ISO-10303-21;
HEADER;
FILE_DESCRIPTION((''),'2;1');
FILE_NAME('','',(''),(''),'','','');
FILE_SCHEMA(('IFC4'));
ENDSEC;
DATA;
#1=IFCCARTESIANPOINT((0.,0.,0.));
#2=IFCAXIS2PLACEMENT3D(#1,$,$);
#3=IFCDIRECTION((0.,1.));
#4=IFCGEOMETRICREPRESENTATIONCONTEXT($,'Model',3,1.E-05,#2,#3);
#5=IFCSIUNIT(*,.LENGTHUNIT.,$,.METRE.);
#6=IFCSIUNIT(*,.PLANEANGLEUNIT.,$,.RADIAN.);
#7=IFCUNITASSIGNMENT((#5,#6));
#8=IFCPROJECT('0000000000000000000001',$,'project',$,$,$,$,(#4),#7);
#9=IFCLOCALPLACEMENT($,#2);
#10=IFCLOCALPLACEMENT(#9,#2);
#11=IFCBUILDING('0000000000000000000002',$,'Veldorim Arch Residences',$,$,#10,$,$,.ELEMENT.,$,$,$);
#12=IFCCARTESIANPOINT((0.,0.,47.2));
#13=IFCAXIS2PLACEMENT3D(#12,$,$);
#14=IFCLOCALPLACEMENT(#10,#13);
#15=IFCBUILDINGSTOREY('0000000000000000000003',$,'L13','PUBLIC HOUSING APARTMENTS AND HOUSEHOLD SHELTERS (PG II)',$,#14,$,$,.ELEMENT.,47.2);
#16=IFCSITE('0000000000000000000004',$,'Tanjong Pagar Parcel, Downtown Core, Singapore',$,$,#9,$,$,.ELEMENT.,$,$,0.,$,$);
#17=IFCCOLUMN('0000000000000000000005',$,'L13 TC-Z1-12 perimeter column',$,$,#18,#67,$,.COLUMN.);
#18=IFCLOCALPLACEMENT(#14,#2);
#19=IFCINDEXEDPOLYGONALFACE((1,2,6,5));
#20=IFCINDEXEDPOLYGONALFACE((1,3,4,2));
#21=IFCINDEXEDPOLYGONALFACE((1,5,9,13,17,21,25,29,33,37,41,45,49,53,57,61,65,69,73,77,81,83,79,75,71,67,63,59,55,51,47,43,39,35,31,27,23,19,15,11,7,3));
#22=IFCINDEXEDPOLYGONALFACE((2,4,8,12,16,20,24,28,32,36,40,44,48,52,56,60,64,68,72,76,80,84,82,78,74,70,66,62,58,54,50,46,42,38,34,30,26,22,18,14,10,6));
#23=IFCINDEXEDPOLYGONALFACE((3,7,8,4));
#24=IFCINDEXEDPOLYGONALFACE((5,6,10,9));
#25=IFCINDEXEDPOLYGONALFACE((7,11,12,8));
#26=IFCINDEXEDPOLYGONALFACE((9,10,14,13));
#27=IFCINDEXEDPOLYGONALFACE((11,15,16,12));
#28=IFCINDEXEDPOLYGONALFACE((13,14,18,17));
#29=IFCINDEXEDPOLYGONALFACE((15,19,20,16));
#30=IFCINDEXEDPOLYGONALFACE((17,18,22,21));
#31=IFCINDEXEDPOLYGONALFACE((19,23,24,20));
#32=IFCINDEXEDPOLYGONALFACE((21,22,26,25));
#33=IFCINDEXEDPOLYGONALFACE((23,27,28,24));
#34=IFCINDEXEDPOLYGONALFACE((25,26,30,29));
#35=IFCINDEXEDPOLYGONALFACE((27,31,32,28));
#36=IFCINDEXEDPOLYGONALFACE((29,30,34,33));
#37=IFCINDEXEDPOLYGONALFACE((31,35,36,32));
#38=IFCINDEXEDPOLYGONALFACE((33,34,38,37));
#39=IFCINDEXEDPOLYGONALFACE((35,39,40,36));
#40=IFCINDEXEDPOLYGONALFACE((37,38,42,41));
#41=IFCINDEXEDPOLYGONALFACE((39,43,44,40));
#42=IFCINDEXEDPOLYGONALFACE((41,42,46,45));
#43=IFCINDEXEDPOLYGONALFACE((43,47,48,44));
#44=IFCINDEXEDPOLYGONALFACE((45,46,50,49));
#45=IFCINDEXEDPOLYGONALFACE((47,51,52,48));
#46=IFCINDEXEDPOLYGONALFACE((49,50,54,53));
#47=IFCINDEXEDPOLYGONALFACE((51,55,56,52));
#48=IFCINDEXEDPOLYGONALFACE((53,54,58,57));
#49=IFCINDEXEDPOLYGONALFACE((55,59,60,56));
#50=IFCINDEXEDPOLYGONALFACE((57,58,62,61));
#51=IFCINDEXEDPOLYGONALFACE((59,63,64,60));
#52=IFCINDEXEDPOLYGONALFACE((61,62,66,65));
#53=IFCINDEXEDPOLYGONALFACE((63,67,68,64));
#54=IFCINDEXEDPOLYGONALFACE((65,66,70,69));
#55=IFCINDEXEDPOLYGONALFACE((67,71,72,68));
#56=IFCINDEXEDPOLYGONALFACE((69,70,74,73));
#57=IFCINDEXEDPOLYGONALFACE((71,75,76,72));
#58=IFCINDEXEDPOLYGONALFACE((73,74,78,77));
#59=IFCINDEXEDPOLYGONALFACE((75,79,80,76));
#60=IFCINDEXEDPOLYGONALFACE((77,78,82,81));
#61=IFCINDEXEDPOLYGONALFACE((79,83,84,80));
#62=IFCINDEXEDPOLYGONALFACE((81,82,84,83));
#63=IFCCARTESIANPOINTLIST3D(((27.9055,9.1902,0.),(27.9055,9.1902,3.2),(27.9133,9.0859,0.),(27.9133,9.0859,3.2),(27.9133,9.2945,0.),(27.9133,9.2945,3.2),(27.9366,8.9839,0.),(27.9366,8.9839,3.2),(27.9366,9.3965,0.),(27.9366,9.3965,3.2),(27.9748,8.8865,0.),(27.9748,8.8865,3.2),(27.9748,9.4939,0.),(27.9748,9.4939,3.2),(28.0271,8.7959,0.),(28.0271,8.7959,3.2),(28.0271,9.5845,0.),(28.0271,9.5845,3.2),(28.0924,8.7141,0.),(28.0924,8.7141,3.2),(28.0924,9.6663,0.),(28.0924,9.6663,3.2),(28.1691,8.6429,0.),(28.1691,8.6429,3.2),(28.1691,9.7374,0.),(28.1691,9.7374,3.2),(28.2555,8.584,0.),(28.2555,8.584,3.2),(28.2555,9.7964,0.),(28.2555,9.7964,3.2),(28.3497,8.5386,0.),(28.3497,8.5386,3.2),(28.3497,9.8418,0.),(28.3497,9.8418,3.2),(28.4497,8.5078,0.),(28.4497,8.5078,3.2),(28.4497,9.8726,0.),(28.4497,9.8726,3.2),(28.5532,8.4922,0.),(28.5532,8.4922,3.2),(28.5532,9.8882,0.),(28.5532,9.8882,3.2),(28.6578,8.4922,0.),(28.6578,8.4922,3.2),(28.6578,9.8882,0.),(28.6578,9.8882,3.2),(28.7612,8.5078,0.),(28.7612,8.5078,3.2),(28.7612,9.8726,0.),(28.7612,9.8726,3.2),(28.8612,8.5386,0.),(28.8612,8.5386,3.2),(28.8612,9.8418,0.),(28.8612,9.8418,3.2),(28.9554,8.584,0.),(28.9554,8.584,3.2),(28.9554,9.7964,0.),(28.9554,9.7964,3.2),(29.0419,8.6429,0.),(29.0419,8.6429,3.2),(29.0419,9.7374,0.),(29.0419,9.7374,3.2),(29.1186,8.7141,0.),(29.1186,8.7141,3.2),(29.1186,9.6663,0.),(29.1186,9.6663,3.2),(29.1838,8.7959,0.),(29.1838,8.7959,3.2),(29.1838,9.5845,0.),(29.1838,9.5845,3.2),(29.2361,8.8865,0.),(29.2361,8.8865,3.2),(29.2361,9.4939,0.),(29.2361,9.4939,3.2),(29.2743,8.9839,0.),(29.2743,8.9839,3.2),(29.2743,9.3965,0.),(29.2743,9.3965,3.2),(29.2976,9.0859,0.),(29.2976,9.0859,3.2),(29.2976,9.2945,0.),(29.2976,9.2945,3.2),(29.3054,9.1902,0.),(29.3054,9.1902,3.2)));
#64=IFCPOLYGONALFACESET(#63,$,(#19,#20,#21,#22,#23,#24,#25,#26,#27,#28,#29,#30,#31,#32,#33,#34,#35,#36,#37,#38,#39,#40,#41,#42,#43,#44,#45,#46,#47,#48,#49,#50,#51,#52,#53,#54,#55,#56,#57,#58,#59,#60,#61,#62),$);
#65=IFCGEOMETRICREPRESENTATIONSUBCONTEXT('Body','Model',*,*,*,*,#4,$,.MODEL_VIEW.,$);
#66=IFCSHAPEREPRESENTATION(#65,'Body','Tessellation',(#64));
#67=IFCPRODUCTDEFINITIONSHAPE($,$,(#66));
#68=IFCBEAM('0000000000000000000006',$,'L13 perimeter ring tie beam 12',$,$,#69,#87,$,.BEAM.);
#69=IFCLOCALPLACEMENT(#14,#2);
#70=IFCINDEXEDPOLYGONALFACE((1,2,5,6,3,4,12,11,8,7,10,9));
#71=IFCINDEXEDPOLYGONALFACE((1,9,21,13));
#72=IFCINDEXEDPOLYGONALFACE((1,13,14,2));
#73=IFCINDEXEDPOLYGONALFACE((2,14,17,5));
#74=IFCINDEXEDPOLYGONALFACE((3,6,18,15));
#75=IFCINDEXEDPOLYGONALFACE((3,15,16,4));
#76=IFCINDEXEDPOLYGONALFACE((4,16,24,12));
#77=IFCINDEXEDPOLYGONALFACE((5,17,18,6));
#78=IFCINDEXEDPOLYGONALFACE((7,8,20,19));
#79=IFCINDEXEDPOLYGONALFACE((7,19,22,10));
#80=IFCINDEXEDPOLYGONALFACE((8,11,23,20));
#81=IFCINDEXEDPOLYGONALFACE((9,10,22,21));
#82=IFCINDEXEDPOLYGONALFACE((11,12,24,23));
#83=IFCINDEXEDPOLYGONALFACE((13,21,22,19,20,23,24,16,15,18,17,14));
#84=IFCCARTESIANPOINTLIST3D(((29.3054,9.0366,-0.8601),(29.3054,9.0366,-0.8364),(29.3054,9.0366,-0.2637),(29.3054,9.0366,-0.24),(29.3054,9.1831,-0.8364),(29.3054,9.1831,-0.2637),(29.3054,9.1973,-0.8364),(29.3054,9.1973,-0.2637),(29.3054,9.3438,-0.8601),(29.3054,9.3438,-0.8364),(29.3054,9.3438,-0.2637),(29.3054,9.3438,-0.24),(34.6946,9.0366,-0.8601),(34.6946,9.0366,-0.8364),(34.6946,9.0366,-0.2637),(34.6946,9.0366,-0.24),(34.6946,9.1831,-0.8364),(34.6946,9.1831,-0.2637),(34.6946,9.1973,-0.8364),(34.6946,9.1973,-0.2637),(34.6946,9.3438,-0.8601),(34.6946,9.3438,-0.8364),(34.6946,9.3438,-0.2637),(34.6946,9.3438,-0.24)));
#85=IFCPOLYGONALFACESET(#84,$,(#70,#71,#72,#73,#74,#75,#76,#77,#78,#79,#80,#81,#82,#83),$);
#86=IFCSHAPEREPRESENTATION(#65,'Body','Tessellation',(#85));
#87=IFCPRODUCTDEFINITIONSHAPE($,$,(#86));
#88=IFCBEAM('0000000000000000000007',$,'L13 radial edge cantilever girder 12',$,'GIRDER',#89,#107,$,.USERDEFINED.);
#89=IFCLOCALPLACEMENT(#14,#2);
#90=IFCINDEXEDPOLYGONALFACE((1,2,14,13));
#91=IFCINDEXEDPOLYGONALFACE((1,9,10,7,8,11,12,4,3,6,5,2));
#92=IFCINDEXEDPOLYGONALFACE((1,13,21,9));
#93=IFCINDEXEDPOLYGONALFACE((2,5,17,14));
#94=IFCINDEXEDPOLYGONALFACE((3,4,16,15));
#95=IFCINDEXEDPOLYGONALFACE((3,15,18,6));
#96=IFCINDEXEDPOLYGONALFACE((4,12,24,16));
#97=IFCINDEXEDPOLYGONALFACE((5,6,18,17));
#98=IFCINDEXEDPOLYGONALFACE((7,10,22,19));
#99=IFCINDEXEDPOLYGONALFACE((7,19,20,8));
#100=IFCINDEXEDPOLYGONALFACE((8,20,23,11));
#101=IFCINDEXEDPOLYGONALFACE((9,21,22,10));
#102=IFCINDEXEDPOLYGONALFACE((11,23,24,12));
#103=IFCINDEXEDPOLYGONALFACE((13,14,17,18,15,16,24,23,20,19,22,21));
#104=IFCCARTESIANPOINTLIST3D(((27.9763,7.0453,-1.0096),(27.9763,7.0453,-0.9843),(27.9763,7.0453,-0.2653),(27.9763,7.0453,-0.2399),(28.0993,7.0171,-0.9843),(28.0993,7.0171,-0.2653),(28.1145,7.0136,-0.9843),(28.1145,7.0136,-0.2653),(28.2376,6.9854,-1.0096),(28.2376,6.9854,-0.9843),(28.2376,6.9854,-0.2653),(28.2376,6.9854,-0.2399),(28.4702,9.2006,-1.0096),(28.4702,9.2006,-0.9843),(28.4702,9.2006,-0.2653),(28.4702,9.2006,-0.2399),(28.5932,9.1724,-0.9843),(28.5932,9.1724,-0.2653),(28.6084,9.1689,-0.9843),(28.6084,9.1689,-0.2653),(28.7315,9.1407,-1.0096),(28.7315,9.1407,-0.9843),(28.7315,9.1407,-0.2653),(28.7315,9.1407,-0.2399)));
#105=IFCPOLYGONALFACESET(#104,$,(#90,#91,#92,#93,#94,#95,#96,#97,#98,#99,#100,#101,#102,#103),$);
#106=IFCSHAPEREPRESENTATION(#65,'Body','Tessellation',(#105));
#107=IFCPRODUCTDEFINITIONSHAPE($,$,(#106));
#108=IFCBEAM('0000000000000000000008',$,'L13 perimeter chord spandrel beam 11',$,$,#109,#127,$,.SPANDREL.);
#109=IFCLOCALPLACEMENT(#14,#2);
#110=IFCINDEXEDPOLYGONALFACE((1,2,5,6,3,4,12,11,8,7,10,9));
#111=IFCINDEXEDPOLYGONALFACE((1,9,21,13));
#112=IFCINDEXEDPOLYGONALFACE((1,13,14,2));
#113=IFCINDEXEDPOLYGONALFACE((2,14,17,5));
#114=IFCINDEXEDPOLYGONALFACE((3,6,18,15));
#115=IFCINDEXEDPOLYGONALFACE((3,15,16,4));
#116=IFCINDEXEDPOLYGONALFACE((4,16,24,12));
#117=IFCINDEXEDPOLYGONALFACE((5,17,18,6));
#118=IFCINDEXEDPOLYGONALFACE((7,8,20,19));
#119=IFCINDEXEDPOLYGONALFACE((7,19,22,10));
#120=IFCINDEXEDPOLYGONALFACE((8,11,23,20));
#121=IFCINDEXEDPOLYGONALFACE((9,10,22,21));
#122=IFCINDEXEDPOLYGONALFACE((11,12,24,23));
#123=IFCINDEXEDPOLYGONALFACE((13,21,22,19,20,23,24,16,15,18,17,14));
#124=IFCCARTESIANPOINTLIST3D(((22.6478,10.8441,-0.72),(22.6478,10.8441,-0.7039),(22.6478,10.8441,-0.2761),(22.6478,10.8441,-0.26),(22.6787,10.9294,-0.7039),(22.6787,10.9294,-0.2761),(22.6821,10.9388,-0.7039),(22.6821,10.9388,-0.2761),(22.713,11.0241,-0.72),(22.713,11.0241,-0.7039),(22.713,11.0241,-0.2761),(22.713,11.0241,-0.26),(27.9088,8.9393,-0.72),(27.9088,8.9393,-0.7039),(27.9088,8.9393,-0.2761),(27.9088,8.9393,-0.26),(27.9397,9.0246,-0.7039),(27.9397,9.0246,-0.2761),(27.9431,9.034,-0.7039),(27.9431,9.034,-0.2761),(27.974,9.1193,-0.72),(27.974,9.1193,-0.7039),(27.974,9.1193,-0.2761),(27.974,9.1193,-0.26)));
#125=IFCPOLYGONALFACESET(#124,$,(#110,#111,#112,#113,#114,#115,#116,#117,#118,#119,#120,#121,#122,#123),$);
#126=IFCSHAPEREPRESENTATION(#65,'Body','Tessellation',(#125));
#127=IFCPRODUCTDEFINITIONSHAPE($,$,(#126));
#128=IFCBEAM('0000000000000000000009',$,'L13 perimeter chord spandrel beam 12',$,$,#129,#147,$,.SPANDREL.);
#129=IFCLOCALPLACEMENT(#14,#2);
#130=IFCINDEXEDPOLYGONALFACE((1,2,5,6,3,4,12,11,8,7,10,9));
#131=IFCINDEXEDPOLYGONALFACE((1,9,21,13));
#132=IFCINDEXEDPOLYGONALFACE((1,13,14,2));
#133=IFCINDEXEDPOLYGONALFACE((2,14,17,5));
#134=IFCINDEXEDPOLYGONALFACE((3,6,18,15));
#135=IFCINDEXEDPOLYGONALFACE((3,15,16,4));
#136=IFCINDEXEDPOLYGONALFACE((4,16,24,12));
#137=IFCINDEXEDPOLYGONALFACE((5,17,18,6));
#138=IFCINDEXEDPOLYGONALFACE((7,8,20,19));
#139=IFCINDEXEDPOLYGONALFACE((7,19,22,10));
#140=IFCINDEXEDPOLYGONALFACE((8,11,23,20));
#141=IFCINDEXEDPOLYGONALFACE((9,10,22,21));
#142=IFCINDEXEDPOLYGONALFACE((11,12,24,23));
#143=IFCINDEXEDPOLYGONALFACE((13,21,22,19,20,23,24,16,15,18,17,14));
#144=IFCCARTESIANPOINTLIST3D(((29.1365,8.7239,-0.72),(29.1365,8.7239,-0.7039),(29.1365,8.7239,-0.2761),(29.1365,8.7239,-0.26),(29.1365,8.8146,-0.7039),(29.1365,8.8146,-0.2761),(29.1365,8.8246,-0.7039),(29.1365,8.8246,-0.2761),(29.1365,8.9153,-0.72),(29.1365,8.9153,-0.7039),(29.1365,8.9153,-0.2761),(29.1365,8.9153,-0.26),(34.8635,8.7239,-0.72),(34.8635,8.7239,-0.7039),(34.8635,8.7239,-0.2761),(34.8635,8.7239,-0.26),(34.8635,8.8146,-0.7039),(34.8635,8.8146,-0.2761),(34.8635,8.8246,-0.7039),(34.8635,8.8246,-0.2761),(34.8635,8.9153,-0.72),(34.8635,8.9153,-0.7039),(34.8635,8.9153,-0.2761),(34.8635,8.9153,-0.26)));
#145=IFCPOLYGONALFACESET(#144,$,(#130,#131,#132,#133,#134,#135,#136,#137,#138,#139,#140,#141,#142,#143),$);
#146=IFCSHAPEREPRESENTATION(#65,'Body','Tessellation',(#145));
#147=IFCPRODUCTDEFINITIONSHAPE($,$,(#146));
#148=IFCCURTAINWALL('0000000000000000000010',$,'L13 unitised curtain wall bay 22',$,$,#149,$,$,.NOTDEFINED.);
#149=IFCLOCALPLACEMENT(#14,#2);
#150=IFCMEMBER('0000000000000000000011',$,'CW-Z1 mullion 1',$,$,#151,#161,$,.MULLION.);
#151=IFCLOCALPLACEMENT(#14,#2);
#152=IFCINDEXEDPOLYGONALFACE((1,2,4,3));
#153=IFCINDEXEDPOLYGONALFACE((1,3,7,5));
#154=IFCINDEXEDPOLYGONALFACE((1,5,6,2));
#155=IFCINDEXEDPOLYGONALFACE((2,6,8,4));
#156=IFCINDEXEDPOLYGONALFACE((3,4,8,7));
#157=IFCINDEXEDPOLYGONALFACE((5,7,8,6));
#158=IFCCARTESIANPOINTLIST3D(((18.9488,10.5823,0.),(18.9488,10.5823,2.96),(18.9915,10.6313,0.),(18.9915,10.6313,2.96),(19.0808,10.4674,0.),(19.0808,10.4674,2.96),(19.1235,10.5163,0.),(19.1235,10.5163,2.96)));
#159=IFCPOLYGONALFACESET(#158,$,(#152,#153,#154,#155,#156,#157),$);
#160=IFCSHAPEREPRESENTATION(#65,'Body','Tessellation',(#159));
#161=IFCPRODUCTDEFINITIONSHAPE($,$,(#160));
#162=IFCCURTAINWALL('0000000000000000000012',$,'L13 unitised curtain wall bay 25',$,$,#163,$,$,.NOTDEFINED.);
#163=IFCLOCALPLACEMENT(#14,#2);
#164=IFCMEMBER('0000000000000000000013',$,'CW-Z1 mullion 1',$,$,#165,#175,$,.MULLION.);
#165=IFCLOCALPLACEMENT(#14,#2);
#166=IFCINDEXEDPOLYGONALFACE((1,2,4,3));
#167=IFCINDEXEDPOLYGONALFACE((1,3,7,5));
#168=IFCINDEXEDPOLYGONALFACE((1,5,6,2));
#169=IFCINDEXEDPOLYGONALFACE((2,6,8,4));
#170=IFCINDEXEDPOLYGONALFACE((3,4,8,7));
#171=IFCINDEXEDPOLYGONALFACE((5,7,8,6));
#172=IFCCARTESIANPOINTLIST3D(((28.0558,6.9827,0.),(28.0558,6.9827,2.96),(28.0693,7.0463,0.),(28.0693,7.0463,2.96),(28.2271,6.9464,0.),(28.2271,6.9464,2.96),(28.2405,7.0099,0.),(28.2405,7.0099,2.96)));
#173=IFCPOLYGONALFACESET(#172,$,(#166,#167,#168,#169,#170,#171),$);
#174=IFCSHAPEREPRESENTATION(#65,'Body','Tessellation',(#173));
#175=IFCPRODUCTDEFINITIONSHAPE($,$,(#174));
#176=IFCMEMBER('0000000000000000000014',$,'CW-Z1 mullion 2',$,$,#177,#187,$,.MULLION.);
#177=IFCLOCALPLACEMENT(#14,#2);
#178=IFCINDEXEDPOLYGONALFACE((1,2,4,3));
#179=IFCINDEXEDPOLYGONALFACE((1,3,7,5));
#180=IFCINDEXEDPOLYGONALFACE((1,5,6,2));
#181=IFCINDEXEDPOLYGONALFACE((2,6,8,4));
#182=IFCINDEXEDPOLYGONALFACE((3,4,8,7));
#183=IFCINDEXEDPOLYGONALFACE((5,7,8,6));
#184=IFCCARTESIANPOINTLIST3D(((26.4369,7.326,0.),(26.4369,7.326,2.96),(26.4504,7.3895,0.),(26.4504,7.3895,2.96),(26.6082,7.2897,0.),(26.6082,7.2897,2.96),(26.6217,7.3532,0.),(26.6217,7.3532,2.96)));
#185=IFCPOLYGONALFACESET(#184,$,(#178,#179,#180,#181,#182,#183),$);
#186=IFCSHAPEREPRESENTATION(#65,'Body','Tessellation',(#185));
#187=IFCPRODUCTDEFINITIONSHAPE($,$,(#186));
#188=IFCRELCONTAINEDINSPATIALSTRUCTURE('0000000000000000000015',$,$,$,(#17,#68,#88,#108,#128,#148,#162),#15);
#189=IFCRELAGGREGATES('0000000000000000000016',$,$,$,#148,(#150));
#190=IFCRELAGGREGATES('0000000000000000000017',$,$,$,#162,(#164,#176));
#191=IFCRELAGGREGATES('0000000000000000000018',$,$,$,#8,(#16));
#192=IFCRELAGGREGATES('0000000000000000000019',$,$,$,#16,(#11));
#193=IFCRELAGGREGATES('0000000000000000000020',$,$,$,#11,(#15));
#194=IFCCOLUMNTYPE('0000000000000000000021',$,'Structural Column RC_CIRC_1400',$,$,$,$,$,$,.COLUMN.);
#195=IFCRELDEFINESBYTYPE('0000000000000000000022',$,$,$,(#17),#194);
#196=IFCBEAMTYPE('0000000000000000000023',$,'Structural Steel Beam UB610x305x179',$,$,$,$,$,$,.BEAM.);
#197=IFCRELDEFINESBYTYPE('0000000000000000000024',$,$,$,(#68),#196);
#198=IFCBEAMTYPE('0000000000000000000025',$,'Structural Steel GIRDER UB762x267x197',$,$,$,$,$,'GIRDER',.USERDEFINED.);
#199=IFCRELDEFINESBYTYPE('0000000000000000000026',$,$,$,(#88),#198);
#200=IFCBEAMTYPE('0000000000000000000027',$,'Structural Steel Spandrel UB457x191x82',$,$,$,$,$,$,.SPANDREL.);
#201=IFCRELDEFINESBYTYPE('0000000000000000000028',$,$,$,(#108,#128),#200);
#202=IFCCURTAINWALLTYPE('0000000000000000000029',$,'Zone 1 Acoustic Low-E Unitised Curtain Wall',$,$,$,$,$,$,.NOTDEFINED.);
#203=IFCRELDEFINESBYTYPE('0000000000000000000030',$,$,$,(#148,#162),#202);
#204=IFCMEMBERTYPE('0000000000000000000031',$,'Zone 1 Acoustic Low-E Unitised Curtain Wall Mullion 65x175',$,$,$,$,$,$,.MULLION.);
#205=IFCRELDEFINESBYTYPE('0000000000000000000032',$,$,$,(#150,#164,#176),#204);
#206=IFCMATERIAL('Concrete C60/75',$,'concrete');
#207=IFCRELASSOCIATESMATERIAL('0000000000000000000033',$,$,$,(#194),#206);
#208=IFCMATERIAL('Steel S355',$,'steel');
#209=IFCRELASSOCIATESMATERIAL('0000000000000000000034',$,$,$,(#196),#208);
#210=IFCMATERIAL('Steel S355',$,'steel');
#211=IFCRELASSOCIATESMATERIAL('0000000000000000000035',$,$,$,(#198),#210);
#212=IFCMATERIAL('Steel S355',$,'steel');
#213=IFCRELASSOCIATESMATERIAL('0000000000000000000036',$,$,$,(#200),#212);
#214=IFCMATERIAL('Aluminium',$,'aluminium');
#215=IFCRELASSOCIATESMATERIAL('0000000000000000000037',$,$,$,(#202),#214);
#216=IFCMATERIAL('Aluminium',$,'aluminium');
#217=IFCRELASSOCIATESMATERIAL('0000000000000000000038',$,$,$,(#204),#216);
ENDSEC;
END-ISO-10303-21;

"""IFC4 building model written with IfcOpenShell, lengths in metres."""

from ifc_helpers import new_model, si_unit, direction, frame, origin, origin_2d, place, context, subcontext, project, spatial, rectangle, circle, i_section, extrude, material, material_profile, profile_set, type_object, element, aggregate, save


model = new_model("IFC4")

# Units and contexts
model_context = context("Model", 3, precision=1e-05, world=origin(), true_north=direction((0.0, 1.0)))
body_context = subcontext(model_context, "Body", "Model", "MODEL_VIEW")
ifc_project = project(units=[si_unit("LENGTHUNIT", "METRE"), si_unit("PLANEANGLEUNIT", "RADIAN")], contexts=[model_context])

# Site, building, storey
site_placement = place(None, origin())
site = spatial("IfcSite", under=ifc_project, at=site_placement, Name="Tanjong Pagar Parcel, Downtown Core, Singapore", CompositionType="ELEMENT", RefElevation=0.0)
building_placement = place(site_placement, origin())
building = spatial("IfcBuilding", under=site, at=building_placement, Name="Veldorim Arch Residences", CompositionType="ELEMENT")
storey_placement = place(building_placement, frame((0.0, 0.0, 47.2)))
storey = spatial("IfcBuildingStorey", under=building, at=storey_placement, Name="L13", Description="PUBLIC HOUSING APARTMENTS AND HOUSEHOLD SHELTERS (PG II)", CompositionType="ELEMENT", Elevation=47.2)

# Column
ifc_material_1 = material(Name="Concrete C60/75", Category="concrete")
ifc_material_profile_1 = material_profile(ifc_material_1, circle(Radius=0.7, at=origin_2d()), Name="RC_CIRC_1400")
ifc_profile_set_1 = profile_set([ifc_material_profile_1], Name="Concrete C60/75")
column_type = type_object("IfcColumnType", Name="Structural Column RC_CIRC_1400", PredefinedType="COLUMN", material=ifc_profile_set_1)
column_placement = place(storey_placement, frame((28.6055, 9.1902, 0.0), z_axis=(0.0, 0.0, 1.0), x_axis=(1.0, 0.0, 0.0)))
element("IfcColumn", 1, at=column_placement, inside=storey, type_object=column_type, Name="L13 TC-Z1-12 perimeter column", PredefinedType="COLUMN", context=body_context, shape_type="SweptSolid", body=[
    extrude(circle(Radius=0.7, at=origin_2d()), origin(), (0.0, 0.0, 1.0), 3.2),
])

# Beams
ifc_material_2 = material(Name="Steel S355", Category="steel")
ifc_material_profile_2 = material_profile(ifc_material_2, i_section(OverallWidth=0.3071, OverallDepth=0.6201, WebThickness=0.0142, FlangeThickness=0.0237, at=origin_2d()), Name="UB610x305x179")
ifc_profile_set_2 = profile_set([ifc_material_profile_2], Name="Steel S355")
beam_type_1 = type_object("IfcBeamType", Name="Structural Steel Beam UB610x305x179", PredefinedType="BEAM", material=ifc_profile_set_2)
beam_1_placement = place(storey_placement, frame((29.3054, 9.1902, -0.55), z_axis=(1.0, 0.0, 0.0), x_axis=(0.0, 1.0, 0.0)))
element("IfcBeam", 2, at=beam_1_placement, inside=storey, type_object=beam_type_1, Name="L13 perimeter ring tie beam 12", PredefinedType="BEAM", context=body_context, shape_type="SweptSolid", body=[
    extrude(i_section(OverallWidth=0.3071, OverallDepth=0.6201, WebThickness=0.0142, FlangeThickness=0.0237, at=origin_2d()), origin(), (0.0, 0.0, 1.0), 5.3892),
])
ifc_material_3 = material(Name="Steel S355", Category="steel")
ifc_material_profile_3 = material_profile(ifc_material_3, i_section(OverallWidth=0.2681, OverallDepth=0.7698, WebThickness=0.0156, FlangeThickness=0.0254, at=origin_2d()), Name="UB762x267x197")
ifc_profile_set_3 = profile_set([ifc_material_profile_3], Name="Steel S355")
beam_type_2 = type_object("IfcBeamType", Name="Structural Steel GIRDER UB762x267x197", ElementType="GIRDER", PredefinedType="USERDEFINED", material=ifc_profile_set_3)
beam_2_placement = place(storey_placement, frame((28.6008, 9.1707, -0.6248), z_axis=(-0.223367, -0.974734, 0.0), x_axis=(0.974734, -0.223367, 0.0)))
element("IfcBeam", 3, at=beam_2_placement, inside=storey, type_object=beam_type_2, Name="L13 radial edge cantilever girder 12", ObjectType="GIRDER", PredefinedType="USERDEFINED", context=body_context, shape_type="SweptSolid", body=[
    extrude(i_section(OverallWidth=0.2681, OverallDepth=0.7698, WebThickness=0.0156, FlangeThickness=0.0254, at=origin_2d()), origin(), (0.0, 0.0, 1.0), 2.2112),
])
ifc_material_4 = material(Name="Steel S355", Category="steel")
ifc_material_profile_4 = material_profile(ifc_material_4, i_section(OverallWidth=0.1914, OverallDepth=0.46, WebThickness=0.01, FlangeThickness=0.0161, at=origin_2d()), Name="UB457x191x82")
ifc_profile_set_4 = profile_set([ifc_material_profile_4], Name="Steel S355")
beam_type_3 = type_object("IfcBeamType", Name="Structural Steel Spandrel UB457x191x82", PredefinedType="SPANDREL", material=ifc_profile_set_4)
beam_3_placement = place(storey_placement, frame((22.6804, 10.9341, -0.49), z_axis=(0.940269, -0.340432, 0.0), x_axis=(0.340432, 0.940269, 0.0)))
element("IfcBeam", 4, at=beam_3_placement, inside=storey, type_object=beam_type_3, Name="L13 perimeter chord spandrel beam 11", PredefinedType="SPANDREL", context=body_context, shape_type="SweptSolid", body=[
    extrude(i_section(OverallWidth=0.1914, OverallDepth=0.46, WebThickness=0.01, FlangeThickness=0.0161, at=origin_2d()), origin(), (0.0, 0.0, 1.0), 5.5952),
])
beam_4_placement = place(storey_placement, frame((29.1365, 8.8196, -0.49), z_axis=(1.0, 0.0, 0.0), x_axis=(0.0, 1.0, 0.0)))
element("IfcBeam", 5, at=beam_4_placement, inside=storey, type_object=beam_type_3, Name="L13 perimeter chord spandrel beam 12", PredefinedType="SPANDREL", context=body_context, shape_type="SweptSolid", body=[
    extrude(i_section(OverallWidth=0.1914, OverallDepth=0.46, WebThickness=0.01, FlangeThickness=0.0161, at=origin_2d()), origin(), (0.0, 0.0, 1.0), 5.7271),
])

# Curtain wall, member
ifc_material_5 = material(Name="Aluminium", Category="aluminium")
curtain_wall_type = type_object("IfcCurtainWallType", Name="Zone 1 Acoustic Low-E Unitised Curtain Wall", PredefinedType="NOTDEFINED", material=ifc_material_5)
curtain_wall_1_placement = place(storey_placement, origin())
curtain_wall_1 = element("IfcCurtainWall", 6, at=curtain_wall_1_placement, inside=storey, type_object=curtain_wall_type, Name="L13 unitised curtain wall bay 22", PredefinedType="NOTDEFINED")
ifc_material_6 = material(Name="Aluminium", Category="aluminium")
ifc_material_profile_5 = material_profile(ifc_material_6, rectangle(XDim=0.0649, YDim=0.175, at=origin_2d()), Name="ALU_MUL_65x175")
ifc_profile_set_5 = profile_set([ifc_material_profile_5], Name="Aluminium")
member_type_1 = type_object("IfcMemberType", Name="Zone 1 Acoustic Low-E Unitised Curtain Wall Mullion 65x175", PredefinedType="MULLION", material=ifc_profile_set_5)
member_1_placement = place(storey_placement, frame((19.0361, 10.5493, 0.0), z_axis=(0.0, 0.0, 1.0), x_axis=(-0.656719, -0.754136, 0.0)))
member_1 = element("IfcMember", 7, at=member_1_placement, type_object=member_type_1, Name="CW-Z1 mullion 1", PredefinedType="MULLION", context=body_context, shape_type="SweptSolid", body=[
    extrude(rectangle(XDim=0.0649, YDim=0.175, at=origin_2d()), origin(), (0.0, 0.0, 1.0), 2.96),
])
aggregate(curtain_wall_1, [member_1])

# Curtain wall, members
curtain_wall_2_placement = place(storey_placement, origin())
curtain_wall_2 = element("IfcCurtainWall", 8, at=curtain_wall_2_placement, inside=storey, type_object=curtain_wall_type, Name="L13 unitised curtain wall bay 25", PredefinedType="NOTDEFINED")
member_2_placement = place(storey_placement, frame((28.1482, 6.9963, 0.0), z_axis=(0.0, 0.0, 1.0), x_axis=(-0.207442, -0.978247, 0.0)))
member_2 = element("IfcMember", 9, at=member_2_placement, type_object=member_type_1, Name="CW-Z1 mullion 1", PredefinedType="MULLION", context=body_context, shape_type="SweptSolid", body=[
    extrude(rectangle(XDim=0.0649, YDim=0.175, at=origin_2d()), origin(), (0.0, 0.0, 1.0), 2.96),
])
member_3_placement = place(storey_placement, frame((26.5293, 7.3396, 0.0), z_axis=(0.0, 0.0, 1.0), x_axis=(-0.207442, -0.978247, 0.0)))
member_3 = element("IfcMember", 10, at=member_3_placement, type_object=member_type_1, Name="CW-Z1 mullion 2", PredefinedType="MULLION", context=body_context, shape_type="SweptSolid", body=[
    extrude(rectangle(XDim=0.0649, YDim=0.175, at=origin_2d()), origin(), (0.0, 0.0, 1.0), 2.96),
])
aggregate(curtain_wall_2, [member_2, member_3])

save(model, "model.ifc")
